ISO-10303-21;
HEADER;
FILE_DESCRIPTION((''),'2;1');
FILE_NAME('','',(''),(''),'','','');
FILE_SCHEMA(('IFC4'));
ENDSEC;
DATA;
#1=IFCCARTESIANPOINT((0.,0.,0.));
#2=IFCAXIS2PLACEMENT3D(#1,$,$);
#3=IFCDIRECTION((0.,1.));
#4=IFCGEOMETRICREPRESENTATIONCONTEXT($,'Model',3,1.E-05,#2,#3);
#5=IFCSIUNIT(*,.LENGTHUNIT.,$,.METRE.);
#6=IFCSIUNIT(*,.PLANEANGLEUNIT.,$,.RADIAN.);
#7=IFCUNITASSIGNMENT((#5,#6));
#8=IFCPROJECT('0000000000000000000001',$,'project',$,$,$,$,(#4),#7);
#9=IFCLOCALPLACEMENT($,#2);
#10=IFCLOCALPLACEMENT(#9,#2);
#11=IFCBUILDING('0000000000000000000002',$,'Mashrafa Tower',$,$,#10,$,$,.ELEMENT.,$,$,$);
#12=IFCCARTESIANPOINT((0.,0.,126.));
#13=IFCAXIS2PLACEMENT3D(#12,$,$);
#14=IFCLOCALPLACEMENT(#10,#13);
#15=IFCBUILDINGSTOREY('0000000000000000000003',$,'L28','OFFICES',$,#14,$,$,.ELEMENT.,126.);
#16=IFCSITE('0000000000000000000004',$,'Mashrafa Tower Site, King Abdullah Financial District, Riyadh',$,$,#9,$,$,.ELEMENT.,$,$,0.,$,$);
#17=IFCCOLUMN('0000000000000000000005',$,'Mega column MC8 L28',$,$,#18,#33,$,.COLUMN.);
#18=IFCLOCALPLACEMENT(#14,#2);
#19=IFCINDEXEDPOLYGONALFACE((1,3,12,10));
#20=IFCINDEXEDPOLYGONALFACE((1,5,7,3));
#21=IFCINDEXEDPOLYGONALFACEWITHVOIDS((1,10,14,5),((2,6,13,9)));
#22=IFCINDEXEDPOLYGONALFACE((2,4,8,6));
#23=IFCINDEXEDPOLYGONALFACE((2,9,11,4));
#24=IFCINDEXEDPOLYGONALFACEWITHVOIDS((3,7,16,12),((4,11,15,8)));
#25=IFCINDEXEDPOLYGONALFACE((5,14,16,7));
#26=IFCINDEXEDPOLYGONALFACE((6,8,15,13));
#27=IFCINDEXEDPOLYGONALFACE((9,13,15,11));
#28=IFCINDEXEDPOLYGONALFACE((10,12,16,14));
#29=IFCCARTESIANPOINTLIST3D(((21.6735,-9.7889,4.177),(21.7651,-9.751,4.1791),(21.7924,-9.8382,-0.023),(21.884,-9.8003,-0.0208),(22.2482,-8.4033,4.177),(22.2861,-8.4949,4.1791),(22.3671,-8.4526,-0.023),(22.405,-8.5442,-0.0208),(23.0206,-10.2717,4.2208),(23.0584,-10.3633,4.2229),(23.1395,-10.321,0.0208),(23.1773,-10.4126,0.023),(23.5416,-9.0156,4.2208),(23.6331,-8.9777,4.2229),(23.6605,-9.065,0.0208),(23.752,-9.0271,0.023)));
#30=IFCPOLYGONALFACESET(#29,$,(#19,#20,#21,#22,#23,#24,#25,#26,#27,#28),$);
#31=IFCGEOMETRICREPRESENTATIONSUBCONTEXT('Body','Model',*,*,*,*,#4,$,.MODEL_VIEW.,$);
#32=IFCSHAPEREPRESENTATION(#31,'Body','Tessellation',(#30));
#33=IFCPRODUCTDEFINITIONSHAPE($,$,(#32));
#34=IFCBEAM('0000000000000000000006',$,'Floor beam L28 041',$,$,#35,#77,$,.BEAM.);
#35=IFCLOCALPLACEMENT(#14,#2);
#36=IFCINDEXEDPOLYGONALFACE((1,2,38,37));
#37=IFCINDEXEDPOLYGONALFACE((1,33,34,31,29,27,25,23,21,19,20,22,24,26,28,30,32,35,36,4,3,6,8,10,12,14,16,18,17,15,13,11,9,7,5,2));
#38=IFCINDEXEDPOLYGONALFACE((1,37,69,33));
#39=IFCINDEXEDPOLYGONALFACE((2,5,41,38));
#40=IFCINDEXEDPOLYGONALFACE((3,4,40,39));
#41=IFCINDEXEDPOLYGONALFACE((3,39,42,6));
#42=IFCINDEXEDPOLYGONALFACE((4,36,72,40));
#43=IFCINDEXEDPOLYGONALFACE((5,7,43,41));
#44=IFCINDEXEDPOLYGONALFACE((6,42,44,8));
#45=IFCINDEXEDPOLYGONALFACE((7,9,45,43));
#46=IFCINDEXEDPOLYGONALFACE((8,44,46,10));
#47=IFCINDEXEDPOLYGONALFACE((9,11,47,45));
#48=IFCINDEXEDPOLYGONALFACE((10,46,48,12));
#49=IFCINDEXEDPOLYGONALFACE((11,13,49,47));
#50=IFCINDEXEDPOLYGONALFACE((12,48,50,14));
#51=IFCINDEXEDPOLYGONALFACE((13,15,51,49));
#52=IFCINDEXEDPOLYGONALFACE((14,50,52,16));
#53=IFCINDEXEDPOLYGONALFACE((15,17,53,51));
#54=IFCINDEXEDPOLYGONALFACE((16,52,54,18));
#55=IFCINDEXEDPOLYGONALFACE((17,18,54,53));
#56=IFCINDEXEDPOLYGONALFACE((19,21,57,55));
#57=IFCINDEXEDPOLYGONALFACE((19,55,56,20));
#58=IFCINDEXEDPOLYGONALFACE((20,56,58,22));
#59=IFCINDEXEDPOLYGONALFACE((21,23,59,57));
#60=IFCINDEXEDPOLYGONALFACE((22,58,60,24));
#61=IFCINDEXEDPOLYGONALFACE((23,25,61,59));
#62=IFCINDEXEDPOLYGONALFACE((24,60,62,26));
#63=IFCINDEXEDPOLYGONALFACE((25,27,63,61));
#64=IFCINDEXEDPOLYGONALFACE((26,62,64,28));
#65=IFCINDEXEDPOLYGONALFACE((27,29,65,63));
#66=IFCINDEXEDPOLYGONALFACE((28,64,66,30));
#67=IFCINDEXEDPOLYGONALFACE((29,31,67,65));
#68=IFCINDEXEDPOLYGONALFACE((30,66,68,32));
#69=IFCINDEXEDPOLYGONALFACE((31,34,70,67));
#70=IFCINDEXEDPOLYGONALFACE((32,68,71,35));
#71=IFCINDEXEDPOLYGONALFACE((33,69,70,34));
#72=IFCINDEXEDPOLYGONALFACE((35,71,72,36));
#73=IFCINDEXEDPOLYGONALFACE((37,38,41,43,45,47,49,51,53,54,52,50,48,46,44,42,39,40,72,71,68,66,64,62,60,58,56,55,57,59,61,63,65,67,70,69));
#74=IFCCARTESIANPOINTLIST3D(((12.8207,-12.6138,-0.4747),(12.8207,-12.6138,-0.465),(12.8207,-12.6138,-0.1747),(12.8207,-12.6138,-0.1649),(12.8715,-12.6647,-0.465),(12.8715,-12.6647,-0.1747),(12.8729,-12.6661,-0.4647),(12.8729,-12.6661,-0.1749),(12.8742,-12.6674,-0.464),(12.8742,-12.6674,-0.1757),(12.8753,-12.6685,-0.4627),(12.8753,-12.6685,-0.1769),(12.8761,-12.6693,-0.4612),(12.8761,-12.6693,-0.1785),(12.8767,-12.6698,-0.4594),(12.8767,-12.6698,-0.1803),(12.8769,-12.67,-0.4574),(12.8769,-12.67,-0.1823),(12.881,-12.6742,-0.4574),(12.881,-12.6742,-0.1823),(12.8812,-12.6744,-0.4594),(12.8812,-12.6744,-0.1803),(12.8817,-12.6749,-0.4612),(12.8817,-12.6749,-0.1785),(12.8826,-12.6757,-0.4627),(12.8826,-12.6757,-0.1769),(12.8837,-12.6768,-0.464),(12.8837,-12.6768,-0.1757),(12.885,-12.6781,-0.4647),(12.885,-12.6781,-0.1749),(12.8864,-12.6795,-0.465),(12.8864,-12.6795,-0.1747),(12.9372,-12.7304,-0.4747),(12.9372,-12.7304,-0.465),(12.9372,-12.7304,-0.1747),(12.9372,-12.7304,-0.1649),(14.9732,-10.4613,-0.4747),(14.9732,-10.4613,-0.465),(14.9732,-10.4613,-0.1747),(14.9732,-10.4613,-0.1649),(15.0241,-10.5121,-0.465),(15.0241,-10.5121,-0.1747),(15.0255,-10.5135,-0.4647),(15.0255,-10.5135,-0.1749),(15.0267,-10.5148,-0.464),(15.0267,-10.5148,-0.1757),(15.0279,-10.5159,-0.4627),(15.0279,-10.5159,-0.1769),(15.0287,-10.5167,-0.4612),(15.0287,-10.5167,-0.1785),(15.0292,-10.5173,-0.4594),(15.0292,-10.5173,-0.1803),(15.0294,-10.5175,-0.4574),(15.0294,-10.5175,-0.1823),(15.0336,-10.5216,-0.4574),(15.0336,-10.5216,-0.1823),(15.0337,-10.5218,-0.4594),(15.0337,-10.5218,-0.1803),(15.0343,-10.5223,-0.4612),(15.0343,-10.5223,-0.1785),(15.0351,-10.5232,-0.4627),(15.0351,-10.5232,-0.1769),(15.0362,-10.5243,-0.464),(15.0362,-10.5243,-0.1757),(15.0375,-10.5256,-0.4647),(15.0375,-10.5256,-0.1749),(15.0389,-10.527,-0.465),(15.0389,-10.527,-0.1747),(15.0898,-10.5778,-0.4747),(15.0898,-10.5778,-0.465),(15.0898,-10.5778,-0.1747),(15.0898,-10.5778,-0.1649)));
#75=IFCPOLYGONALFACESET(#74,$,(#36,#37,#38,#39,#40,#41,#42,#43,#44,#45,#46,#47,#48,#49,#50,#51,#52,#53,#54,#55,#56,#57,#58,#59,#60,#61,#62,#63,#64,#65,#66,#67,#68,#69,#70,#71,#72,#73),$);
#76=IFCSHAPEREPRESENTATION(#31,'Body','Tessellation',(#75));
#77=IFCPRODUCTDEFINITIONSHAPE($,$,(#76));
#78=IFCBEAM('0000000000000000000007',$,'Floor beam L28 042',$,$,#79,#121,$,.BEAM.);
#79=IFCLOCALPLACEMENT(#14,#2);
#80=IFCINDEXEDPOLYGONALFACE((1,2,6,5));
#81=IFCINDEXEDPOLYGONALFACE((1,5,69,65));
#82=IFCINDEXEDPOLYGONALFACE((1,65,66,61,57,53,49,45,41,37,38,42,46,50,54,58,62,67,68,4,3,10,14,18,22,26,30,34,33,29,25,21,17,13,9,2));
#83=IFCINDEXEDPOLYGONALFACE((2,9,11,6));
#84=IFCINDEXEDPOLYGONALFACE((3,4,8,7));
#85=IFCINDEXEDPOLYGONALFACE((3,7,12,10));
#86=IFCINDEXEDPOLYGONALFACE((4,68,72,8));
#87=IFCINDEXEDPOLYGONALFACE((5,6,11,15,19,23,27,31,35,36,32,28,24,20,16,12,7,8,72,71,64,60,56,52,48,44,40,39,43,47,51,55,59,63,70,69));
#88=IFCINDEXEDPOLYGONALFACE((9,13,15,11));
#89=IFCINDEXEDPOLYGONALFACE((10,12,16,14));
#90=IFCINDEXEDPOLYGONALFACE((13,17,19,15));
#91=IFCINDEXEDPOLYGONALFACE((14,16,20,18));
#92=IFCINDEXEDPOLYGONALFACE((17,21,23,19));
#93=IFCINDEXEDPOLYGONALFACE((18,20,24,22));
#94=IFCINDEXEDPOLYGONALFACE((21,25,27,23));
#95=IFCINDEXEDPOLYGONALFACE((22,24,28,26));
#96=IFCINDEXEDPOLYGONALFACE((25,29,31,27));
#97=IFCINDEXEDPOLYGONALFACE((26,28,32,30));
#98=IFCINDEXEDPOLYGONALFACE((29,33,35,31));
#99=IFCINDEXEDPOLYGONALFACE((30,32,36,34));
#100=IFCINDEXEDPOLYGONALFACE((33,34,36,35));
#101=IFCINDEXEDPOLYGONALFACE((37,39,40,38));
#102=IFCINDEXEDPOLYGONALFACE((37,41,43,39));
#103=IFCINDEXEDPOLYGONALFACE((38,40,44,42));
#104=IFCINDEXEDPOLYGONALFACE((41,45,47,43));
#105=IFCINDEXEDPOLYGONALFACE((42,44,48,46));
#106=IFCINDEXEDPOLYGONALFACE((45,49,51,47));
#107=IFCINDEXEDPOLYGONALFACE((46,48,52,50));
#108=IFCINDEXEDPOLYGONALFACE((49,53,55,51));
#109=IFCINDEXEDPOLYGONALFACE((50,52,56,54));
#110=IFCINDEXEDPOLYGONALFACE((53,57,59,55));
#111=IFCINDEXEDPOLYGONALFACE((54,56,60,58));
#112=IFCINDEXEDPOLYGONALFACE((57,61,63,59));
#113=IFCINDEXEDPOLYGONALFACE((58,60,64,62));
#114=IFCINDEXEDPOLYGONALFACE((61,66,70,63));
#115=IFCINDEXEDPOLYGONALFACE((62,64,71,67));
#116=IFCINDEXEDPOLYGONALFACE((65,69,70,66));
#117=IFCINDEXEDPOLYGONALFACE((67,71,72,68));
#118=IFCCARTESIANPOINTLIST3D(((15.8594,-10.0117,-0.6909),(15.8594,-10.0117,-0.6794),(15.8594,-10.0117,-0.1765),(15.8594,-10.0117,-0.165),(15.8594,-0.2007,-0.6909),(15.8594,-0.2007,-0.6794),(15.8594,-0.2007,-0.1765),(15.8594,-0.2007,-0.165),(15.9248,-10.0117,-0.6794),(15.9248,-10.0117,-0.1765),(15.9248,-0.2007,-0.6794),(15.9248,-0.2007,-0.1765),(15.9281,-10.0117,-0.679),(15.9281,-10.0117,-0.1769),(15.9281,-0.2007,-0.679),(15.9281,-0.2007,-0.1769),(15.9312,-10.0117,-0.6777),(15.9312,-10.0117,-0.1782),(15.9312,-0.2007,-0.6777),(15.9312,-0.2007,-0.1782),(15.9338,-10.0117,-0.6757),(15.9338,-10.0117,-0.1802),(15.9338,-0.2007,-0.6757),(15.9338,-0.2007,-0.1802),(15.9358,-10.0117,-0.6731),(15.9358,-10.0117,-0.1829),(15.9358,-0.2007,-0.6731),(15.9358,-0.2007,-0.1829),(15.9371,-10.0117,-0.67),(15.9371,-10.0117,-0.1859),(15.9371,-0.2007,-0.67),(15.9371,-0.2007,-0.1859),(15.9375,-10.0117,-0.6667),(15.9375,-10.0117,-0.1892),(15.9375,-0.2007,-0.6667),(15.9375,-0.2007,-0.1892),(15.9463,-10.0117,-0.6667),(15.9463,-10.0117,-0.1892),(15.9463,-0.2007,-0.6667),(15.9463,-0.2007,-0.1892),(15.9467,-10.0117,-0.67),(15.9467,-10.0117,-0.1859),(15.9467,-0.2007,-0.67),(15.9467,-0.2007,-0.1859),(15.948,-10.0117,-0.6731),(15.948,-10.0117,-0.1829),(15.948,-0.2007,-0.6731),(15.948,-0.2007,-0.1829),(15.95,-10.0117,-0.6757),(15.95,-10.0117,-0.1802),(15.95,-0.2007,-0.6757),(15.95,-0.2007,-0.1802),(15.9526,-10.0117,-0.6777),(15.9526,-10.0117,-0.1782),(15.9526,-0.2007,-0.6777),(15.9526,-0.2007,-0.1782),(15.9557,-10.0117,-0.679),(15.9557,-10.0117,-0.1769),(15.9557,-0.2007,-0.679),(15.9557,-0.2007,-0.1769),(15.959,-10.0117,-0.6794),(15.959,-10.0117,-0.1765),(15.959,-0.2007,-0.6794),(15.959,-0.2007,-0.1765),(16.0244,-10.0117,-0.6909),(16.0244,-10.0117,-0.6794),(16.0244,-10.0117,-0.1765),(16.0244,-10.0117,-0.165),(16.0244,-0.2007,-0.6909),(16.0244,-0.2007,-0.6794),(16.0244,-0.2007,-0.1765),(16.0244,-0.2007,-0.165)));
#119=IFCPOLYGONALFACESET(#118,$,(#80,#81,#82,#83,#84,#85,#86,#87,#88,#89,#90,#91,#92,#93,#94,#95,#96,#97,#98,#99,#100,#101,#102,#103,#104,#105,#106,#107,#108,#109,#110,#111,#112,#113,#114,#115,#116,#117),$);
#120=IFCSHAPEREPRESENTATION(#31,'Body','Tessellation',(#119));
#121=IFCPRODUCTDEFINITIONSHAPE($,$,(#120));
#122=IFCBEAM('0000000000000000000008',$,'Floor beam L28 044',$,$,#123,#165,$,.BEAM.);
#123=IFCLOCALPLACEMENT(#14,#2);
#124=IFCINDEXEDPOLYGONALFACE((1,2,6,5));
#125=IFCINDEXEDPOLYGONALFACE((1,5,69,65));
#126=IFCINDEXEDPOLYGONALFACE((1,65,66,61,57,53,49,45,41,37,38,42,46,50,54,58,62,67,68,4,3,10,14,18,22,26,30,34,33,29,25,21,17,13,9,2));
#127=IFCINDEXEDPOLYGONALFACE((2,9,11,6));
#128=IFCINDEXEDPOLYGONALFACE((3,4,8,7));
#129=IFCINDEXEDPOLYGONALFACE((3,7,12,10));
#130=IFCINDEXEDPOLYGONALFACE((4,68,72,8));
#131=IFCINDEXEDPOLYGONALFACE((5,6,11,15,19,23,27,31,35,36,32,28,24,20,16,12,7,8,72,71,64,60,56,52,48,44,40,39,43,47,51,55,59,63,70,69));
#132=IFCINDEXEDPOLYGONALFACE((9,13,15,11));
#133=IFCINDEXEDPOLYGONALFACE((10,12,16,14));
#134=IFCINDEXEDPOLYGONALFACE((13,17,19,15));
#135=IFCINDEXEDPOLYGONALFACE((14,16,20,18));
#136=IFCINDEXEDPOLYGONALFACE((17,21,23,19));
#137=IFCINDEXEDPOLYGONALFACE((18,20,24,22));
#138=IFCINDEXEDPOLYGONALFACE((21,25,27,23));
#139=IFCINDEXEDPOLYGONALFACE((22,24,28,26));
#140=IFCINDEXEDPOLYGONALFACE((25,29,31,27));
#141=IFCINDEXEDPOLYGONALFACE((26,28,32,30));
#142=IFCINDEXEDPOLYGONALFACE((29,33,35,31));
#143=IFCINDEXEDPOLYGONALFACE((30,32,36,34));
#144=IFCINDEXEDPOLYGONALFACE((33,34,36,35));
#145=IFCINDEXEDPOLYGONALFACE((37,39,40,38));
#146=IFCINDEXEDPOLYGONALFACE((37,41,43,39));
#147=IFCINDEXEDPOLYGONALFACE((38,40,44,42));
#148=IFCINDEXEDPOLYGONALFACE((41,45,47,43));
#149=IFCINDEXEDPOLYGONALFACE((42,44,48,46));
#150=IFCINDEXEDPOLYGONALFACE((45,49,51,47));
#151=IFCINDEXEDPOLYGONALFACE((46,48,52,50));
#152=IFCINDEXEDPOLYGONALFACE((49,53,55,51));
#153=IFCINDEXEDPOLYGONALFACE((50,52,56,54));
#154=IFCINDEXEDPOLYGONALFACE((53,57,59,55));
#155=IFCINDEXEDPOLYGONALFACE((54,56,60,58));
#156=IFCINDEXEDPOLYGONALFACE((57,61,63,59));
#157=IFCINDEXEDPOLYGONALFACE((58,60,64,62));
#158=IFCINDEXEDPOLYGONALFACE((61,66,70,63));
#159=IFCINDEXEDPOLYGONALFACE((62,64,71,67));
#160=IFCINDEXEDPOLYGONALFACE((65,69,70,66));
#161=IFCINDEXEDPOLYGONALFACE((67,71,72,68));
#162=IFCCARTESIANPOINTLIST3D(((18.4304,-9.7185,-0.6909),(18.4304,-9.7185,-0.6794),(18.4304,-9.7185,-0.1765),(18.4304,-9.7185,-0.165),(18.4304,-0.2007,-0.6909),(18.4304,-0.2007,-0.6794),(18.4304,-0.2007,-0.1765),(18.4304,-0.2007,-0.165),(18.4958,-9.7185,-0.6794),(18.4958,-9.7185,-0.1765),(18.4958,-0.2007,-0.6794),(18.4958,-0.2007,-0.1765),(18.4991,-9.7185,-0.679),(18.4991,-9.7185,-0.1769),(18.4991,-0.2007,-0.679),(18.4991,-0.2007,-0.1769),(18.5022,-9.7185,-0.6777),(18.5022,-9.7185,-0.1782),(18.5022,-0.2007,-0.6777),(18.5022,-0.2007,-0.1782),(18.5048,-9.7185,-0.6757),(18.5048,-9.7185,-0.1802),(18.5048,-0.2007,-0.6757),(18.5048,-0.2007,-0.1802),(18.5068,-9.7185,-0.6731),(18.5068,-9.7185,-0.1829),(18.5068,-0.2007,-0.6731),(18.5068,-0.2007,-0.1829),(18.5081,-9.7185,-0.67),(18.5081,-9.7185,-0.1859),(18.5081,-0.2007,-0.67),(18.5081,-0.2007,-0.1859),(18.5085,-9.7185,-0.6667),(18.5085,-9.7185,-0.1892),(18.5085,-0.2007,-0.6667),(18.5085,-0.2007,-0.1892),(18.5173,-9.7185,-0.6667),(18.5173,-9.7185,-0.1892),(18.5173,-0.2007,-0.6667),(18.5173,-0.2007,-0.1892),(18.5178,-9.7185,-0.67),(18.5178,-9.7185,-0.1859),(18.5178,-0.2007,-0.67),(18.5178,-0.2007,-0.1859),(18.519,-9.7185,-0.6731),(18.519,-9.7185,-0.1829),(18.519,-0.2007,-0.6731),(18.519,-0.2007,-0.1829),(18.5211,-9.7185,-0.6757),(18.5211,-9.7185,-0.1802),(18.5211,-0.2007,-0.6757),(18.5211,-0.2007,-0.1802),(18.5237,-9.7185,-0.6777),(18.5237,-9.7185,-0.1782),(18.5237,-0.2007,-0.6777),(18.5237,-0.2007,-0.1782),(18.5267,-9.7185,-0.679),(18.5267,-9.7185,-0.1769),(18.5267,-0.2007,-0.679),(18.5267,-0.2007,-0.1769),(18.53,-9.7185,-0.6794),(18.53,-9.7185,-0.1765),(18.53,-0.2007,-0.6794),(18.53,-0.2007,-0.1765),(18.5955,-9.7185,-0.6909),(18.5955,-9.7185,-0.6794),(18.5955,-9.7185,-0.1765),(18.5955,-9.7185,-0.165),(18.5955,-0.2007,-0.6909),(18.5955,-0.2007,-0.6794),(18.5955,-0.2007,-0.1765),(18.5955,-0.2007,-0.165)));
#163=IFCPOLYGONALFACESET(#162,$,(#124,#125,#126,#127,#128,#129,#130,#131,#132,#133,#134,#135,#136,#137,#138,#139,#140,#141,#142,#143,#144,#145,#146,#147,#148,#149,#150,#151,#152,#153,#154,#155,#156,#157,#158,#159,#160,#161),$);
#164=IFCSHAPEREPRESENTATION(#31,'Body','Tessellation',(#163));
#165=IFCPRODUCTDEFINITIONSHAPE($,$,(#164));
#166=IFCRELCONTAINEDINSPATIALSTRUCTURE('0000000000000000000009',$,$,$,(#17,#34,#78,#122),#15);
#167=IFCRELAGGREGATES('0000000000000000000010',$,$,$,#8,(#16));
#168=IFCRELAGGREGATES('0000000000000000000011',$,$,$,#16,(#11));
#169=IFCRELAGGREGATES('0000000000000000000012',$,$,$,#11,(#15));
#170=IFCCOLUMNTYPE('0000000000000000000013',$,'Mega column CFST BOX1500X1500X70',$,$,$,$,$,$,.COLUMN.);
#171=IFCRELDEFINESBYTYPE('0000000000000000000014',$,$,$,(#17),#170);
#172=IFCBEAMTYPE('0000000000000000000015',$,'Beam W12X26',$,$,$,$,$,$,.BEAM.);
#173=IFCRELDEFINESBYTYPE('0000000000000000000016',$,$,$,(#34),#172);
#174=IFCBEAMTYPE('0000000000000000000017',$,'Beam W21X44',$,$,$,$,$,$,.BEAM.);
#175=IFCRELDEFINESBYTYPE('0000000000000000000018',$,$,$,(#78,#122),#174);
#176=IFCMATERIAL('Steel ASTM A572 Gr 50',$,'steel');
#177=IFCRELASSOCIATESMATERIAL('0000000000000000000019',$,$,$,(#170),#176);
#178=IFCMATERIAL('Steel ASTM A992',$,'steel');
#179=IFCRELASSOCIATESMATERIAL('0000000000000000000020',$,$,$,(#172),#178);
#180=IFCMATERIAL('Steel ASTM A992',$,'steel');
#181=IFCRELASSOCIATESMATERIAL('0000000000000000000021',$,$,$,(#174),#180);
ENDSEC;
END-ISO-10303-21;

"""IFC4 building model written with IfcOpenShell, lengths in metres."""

from ifc_helpers import new_model, si_unit, direction, frame, origin, origin_2d, place, context, subcontext, project, spatial, hollow_rectangle, i_section, extrude, material, material_profile, profile_set, type_object, element, save


model = new_model("IFC4")

# Units and contexts
model_context = context("Model", 3, precision=1e-05, world=origin(), true_north=direction((0.0, 1.0)))
body_context = subcontext(model_context, "Body", "Model", "MODEL_VIEW")
ifc_project = project(units=[si_unit("LENGTHUNIT", "METRE"), si_unit("PLANEANGLEUNIT", "RADIAN")], contexts=[model_context])

# Site, building, storey
site_placement = place(None, origin())
site = spatial("IfcSite", under=ifc_project, at=site_placement, Name="Mashrafa Tower Site, King Abdullah Financial District, Riyadh", CompositionType="ELEMENT", RefElevation=0.0)
building_placement = place(site_placement, origin())
building = spatial("IfcBuilding", under=site, at=building_placement, Name="Mashrafa Tower", CompositionType="ELEMENT")
storey_placement = place(building_placement, frame((0.0, 0.0, 126.0)))
storey = spatial("IfcBuildingStorey", under=building, at=storey_placement, Name="L28", Description="OFFICES", CompositionType="ELEMENT", Elevation=126.0)

# Column
ifc_material_1 = material(Name="Steel ASTM A572 Gr 50", Category="steel")
ifc_material_profile_1 = material_profile(ifc_material_1, hollow_rectangle(XDim=1.5, YDim=1.5, WallThickness=0.0701, at=origin_2d()), Name="BOX1500X1500X70")
ifc_profile_set_1 = profile_set([ifc_material_profile_1], Name="Steel ASTM A572 Gr 50")
column_type = type_object("IfcColumnType", Name="Mega column CFST BOX1500X1500X70", PredefinedType="COLUMN", material=ifc_profile_set_1)
column_placement = place(storey_placement, frame((22.7722, -9.4326, 0.0), z_axis=(-0.028296, 0.011737, 0.999531), x_axis=(-0.383133, -0.923693, 0.0)))
element("IfcColumn", 1, at=column_placement, inside=storey, type_object=column_type, Name="Mega column MC8 L28", PredefinedType="COLUMN", context=body_context, shape_type="SweptSolid", body=[
    extrude(hollow_rectangle(XDim=1.5, YDim=1.5, WallThickness=0.0701, at=origin_2d()), origin(), (0.0, 0.0, 1.0), 4.2019),
])

# Beams
ifc_material_2 = material(Name="Steel ASTM A992", Category="steel")
ifc_material_profile_2 = material_profile(ifc_material_2, i_section(OverallWidth=0.1648, OverallDepth=0.3098, WebThickness=0.0059, FlangeThickness=0.0098, FilletRadius=0.0076, at=origin_2d()), Name="W12X26")
ifc_profile_set_2 = profile_set([ifc_material_profile_2], Name="Steel ASTM A992")
beam_type_1 = type_object("IfcBeamType", Name="Beam W12X26", PredefinedType="BEAM", material=ifc_profile_set_2)
beam_1_placement = place(storey_placement, frame((15.0315, -10.5195, -0.3198), z_axis=(-0.707107, -0.707107, 0.0), x_axis=(0.707107, -0.707107, 0.0)))
element("IfcBeam", 2, at=beam_1_placement, inside=storey, type_object=beam_type_1, Name="Floor beam L28 041", PredefinedType="BEAM", context=body_context, shape_type="SweptSolid", body=[
    extrude(i_section(OverallWidth=0.1648, OverallDepth=0.3098, WebThickness=0.0059, FlangeThickness=0.0098, FilletRadius=0.0076, at=origin_2d()), origin(), (0.0, 0.0, 1.0), 3.0442),
])
ifc_material_3 = material(Name="Steel ASTM A992", Category="steel")
ifc_material_profile_3 = material_profile(ifc_material_3, i_section(OverallWidth=0.165, OverallDepth=0.5259, WebThickness=0.0088, FlangeThickness=0.0115, FilletRadius=0.0127, at=origin_2d()), Name="W21X44")
ifc_profile_set_3 = profile_set([ifc_material_profile_3], Name="Steel ASTM A992")
beam_type_2 = type_object("IfcBeamType", Name="Beam W21X44", PredefinedType="BEAM", material=ifc_profile_set_3)
beam_2_placement = place(storey_placement, frame((15.9419, -0.2007, -0.428), z_axis=(0.0, -1.0, 0.0), x_axis=(1.0, 0.0, 0.0)))
element("IfcBeam", 3, at=beam_2_placement, inside=storey, type_object=beam_type_2, Name="Floor beam L28 042", PredefinedType="BEAM", context=body_context, shape_type="SweptSolid", body=[
    extrude(i_section(OverallWidth=0.165, OverallDepth=0.5259, WebThickness=0.0088, FlangeThickness=0.0115, FilletRadius=0.0127, at=origin_2d()), origin(), (0.0, 0.0, 1.0), 9.811),
])
beam_3_placement = place(storey_placement, frame((18.5129, -0.2007, -0.428), z_axis=(0.0, -1.0, 0.0), x_axis=(1.0, 0.0, 0.0)))
element("IfcBeam", 4, at=beam_3_placement, inside=storey, type_object=beam_type_2, Name="Floor beam L28 044", PredefinedType="BEAM", context=body_context, shape_type="SweptSolid", body=[
    extrude(i_section(OverallWidth=0.165, OverallDepth=0.5259, WebThickness=0.0088, FlangeThickness=0.0115, FilletRadius=0.0127, at=origin_2d()), origin(), (0.0, 0.0, 1.0), 9.5178),
])

save(model, "model.ifc")
